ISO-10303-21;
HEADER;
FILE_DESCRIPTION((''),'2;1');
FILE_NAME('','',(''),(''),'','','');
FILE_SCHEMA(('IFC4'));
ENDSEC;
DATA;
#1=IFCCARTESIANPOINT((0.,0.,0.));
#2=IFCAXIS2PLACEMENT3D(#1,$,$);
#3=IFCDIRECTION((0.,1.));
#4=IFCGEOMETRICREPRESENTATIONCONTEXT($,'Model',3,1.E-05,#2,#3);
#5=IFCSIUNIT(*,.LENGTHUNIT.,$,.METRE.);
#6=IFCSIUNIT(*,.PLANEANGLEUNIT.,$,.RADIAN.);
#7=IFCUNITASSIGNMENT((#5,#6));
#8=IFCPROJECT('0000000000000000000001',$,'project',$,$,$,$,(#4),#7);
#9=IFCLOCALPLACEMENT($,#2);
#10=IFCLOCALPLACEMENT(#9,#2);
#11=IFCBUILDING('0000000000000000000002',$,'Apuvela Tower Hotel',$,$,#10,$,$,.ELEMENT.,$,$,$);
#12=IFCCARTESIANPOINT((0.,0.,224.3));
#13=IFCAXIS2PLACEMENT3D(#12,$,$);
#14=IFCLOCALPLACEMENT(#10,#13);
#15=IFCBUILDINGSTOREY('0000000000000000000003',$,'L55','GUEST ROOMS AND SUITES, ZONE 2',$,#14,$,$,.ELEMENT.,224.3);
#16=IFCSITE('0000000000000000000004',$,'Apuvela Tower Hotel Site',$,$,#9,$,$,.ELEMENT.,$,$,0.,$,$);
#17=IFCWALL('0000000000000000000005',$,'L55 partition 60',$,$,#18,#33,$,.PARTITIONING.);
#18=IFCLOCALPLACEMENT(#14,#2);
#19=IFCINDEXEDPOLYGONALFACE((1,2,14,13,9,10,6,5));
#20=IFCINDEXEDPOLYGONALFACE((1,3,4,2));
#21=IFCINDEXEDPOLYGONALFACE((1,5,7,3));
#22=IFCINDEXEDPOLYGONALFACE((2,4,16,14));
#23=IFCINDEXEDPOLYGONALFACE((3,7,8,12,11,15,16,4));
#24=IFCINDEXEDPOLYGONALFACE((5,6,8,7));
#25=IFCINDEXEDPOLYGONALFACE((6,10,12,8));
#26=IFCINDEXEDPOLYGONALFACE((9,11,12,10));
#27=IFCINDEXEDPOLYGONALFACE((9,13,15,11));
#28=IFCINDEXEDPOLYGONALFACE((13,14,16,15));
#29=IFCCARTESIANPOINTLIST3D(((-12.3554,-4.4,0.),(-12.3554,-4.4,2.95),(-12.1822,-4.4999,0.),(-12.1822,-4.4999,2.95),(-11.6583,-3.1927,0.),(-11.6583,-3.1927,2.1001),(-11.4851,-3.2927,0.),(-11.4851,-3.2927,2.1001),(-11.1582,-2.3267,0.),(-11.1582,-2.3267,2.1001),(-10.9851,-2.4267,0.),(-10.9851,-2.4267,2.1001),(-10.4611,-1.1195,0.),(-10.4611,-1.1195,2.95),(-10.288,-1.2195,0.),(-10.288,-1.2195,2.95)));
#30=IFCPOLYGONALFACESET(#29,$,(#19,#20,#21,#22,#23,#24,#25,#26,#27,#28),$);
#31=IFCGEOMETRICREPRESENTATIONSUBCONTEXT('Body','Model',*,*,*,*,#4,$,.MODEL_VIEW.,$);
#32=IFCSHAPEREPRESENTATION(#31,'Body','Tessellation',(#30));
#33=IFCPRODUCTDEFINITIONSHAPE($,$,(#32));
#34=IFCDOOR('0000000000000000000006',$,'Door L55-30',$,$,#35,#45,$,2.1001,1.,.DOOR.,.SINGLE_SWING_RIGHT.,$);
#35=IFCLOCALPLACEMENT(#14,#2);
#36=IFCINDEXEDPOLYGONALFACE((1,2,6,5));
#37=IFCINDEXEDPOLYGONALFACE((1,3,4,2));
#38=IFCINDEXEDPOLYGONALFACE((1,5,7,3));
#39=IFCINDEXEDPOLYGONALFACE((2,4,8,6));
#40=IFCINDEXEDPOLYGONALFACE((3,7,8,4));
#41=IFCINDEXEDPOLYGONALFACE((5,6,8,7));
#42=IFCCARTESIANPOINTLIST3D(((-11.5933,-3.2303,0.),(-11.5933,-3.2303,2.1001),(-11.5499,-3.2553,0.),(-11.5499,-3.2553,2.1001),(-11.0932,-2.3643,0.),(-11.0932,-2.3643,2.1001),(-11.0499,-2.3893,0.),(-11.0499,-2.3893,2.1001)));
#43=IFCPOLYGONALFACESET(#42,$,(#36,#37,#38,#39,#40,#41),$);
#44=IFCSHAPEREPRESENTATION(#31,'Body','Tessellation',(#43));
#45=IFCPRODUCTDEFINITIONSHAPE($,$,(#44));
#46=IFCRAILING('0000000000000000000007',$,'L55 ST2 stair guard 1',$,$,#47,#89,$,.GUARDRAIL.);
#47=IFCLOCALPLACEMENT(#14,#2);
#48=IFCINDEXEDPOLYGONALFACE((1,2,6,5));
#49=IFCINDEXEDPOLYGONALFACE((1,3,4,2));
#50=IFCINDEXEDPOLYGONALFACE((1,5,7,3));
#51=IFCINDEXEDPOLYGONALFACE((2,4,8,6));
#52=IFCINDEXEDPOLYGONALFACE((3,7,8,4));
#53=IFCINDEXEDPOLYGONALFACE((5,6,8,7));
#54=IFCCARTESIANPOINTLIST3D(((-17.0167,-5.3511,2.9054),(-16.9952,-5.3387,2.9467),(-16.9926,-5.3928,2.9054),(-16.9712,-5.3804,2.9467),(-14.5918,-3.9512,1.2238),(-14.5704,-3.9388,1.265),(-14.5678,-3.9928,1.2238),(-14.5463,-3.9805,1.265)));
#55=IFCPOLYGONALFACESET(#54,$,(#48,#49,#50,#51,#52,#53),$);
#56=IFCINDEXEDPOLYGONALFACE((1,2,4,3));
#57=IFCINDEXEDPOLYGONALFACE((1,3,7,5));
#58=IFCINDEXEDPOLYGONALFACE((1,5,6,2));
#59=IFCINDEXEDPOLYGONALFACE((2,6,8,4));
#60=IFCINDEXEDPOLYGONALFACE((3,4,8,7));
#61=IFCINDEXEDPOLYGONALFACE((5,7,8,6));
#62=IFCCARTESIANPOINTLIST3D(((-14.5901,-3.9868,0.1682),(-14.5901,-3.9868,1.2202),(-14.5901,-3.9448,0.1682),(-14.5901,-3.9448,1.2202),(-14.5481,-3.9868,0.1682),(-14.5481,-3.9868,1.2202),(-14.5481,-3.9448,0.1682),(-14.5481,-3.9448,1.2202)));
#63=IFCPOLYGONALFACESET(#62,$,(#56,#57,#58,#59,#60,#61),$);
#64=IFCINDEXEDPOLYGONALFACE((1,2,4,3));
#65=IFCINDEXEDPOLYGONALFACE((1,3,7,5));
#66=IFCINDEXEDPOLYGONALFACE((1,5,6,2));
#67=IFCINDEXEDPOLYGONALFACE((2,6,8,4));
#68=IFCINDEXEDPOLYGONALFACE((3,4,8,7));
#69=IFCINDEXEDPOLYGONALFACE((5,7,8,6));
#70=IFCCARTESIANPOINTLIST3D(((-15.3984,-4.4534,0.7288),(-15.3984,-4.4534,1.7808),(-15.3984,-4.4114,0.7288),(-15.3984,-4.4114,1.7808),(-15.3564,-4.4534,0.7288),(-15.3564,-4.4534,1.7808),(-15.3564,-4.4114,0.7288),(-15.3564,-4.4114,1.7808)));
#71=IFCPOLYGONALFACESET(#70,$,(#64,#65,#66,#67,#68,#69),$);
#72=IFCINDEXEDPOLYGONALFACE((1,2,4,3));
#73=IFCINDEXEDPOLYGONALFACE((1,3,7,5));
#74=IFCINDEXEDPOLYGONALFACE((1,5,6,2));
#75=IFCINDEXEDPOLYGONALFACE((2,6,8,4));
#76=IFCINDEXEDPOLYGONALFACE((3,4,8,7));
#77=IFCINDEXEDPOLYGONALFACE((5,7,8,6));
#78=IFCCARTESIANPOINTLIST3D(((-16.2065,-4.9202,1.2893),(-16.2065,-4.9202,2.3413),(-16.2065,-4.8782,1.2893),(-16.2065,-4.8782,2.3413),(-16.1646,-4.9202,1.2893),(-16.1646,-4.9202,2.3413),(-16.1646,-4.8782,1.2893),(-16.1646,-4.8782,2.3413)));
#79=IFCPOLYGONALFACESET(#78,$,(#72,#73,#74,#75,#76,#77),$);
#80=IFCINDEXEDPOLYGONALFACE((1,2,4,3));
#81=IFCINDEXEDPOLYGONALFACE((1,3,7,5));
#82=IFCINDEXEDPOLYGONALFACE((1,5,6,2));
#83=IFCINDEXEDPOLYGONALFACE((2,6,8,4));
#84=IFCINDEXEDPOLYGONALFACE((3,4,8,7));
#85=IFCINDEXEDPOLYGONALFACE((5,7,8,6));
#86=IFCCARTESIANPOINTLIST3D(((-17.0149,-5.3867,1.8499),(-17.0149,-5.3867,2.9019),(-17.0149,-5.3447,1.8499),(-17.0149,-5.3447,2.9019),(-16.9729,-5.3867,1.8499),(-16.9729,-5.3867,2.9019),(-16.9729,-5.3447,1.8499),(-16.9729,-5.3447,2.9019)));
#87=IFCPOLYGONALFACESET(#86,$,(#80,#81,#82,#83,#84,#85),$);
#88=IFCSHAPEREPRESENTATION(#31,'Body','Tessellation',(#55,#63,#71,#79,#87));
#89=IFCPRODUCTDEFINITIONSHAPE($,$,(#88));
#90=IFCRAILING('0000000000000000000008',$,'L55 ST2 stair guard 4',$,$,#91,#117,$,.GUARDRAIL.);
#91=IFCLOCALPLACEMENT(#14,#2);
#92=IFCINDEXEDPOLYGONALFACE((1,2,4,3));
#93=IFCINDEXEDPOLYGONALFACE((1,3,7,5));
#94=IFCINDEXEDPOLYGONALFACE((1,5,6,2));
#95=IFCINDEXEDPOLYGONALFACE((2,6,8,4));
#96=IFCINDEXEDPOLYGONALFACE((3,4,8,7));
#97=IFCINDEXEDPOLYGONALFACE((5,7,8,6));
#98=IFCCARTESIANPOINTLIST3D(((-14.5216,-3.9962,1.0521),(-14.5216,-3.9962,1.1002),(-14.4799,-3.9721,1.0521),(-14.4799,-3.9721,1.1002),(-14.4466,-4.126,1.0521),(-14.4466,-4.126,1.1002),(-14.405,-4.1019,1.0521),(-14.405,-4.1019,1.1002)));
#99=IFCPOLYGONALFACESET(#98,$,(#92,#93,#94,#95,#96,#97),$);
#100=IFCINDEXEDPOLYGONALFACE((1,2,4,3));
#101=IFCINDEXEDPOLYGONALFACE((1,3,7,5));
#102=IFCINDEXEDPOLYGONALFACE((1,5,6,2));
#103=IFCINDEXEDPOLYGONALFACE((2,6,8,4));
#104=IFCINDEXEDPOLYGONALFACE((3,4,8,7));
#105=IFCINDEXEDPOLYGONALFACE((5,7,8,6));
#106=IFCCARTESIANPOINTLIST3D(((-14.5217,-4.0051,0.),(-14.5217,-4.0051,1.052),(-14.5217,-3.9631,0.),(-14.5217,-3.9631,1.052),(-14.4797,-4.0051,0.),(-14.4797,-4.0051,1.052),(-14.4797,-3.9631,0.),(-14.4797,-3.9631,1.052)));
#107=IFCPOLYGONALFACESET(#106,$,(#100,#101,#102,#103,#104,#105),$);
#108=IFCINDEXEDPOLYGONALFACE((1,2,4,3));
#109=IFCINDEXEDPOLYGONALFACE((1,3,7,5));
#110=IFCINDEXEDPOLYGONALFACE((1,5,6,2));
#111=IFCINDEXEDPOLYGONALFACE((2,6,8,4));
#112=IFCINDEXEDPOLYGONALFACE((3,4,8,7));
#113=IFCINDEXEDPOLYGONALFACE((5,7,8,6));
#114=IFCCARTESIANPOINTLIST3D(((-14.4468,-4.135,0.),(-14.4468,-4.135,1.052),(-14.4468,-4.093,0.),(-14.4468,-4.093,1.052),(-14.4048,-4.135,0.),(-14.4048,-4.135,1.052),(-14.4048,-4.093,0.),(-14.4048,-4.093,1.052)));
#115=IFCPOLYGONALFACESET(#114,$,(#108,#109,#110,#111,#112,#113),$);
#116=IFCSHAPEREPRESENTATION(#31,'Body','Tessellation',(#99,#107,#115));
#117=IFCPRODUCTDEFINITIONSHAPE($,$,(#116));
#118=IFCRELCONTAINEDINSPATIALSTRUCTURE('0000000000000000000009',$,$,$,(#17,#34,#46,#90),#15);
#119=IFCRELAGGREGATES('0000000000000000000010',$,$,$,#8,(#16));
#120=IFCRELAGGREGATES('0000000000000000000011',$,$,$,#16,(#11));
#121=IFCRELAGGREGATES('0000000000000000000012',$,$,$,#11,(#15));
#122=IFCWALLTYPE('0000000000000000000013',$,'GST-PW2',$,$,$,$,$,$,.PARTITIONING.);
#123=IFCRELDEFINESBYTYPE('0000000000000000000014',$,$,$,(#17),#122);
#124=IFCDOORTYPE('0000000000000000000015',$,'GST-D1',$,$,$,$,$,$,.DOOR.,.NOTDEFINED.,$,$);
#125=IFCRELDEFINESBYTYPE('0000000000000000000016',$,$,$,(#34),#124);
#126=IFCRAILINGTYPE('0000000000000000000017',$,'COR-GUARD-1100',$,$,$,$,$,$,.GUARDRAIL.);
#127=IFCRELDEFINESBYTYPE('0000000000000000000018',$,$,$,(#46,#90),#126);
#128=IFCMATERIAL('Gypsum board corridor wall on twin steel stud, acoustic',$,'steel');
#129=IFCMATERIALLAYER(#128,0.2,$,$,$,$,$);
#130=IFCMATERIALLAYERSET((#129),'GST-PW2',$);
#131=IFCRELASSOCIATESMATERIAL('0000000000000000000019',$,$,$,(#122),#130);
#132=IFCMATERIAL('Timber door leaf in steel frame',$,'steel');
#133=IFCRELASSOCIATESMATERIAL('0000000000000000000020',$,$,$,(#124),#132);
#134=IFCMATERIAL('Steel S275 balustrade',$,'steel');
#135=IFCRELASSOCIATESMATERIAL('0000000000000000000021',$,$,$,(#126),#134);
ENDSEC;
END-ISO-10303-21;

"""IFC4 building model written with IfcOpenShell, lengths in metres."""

from ifc_helpers import new_model, si_unit, direction, frame, frame_2d, origin, origin_2d, place, context, subcontext, project, spatial, rectangle, extrude, material, layer, layer_set, type_object, element, fill, save


model = new_model("IFC4")

# Units and contexts
model_context = context("Model", 3, precision=1e-05, world=origin(), true_north=direction((0.0, 1.0)))
body_context = subcontext(model_context, "Body", "Model", "MODEL_VIEW")
ifc_project = project(units=[si_unit("LENGTHUNIT", "METRE"), si_unit("PLANEANGLEUNIT", "RADIAN")], contexts=[model_context])

# Site, building, storey
site_placement = place(None, origin())
site = spatial("IfcSite", under=ifc_project, at=site_placement, Name="Apuvela Tower Hotel Site", CompositionType="ELEMENT", RefElevation=0.0)
building_placement = place(site_placement, origin())
building = spatial("IfcBuilding", under=site, at=building_placement, Name="Apuvela Tower Hotel", CompositionType="ELEMENT")
storey_placement = place(building_placement, frame((0.0, 0.0, 224.3)))
storey = spatial("IfcBuildingStorey", under=building, at=storey_placement, Name="L55", Description="GUEST ROOMS AND SUITES, ZONE 2", CompositionType="ELEMENT", Elevation=224.3)

# Wall, opening, door
ifc_material_1 = material(Name="Gypsum board corridor wall on twin steel stud, acoustic", Category="steel")
ifc_layer_1 = layer(ifc_material_1, 0.2)
ifc_layer_set_1 = layer_set([ifc_layer_1], Name="GST-PW2")
wall_type_1 = type_object("IfcWallType", Name="GST-PW2", PredefinedType="PARTITIONING", material=ifc_layer_set_1)
wall_1_placement = place(storey_placement, frame((-12.2688, -4.45, 0.0), z_axis=(0.0, 0.0, 1.0), x_axis=(0.500055, 0.865993, 0.0)))
wall_1 = element("IfcWall", 1, at=wall_1_placement, inside=storey, type_object=wall_type_1, Name="L55 partition 60", PredefinedType="PARTITIONING", context=body_context, shape_type="SweptSolid", body=[
    extrude(rectangle(XDim=3.7881, YDim=0.2, at=frame_2d((1.894, 0.0))), origin(), (0.0, 0.0, 1.0), 2.95),
])
opening_1_placement = place(wall_1_placement, frame((1.394, 0.0, 0.0)))
opening_1 = element("IfcOpeningElement", 2, at=opening_1_placement, cuts=wall_1, PredefinedType="OPENING", context=body_context, shape_type="SweptSolid", body=[
    extrude(rectangle(XDim=1.0, YDim=2.1001, at=frame_2d((0.5, 1.05))), frame((0.0, 0.1099, 0.0), z_axis=(0.0, -1.0, 0.0), x_axis=(1.0, 0.0, 0.0)), (0.0, 0.0, 1.0), 0.22),
])
ifc_material_2 = material(Name="Timber door leaf in steel frame", Category="steel")
door_type_1 = type_object("IfcDoorType", Name="GST-D1", OperationType="NOTDEFINED", PredefinedType="DOOR", material=ifc_material_2)
door_1_placement = place(opening_1_placement, origin())
door_1 = element("IfcDoor", 3, at=door_1_placement, inside=storey, type_object=door_type_1, Name="Door L55-30", OperationType="SINGLE_SWING_RIGHT", OverallHeight=2.1001, OverallWidth=1.0, PredefinedType="DOOR", context=body_context, shape_type="SweptSolid", body=[
    extrude(rectangle(XDim=1.0, YDim=2.1001, at=frame_2d((0.5, 1.05))), frame((0.0, 0.0249, 0.0), z_axis=(0.0, -1.0, 0.0), x_axis=(1.0, 0.0, 0.0)), (0.0, 0.0, 1.0), 0.05),
])
fill(opening_1, door_1)

# Railings
ifc_material_3 = material(Name="Steel S275 balustrade", Category="steel")
railing_type = type_object("IfcRailingType", Name="COR-GUARD-1100", PredefinedType="GUARDRAIL", material=ifc_material_3)
railing_1_placement = place(storey_placement, frame((-14.5691, -3.9658, 0.1682)))
element("IfcRailing", 4, at=railing_1_placement, inside=storey, type_object=railing_type, Name="L55 ST2 stair guard 1", PredefinedType="GUARDRAIL", context=body_context, shape_type="SweptSolid", body=[
    extrude(rectangle(XDim=0.0481, YDim=0.0481, at=origin_2d()), frame((0.0, 0.0, 1.0762), z_axis=(-0.742419, -0.428618, 0.514879), x_axis=(0.499984, -0.866035, 0.0)), (0.0, 0.0, 1.0), 3.2661),
    extrude(rectangle(XDim=0.042, YDim=0.042, at=origin_2d()), origin(), (0.0, 0.0, 1.0), 1.052),
    extrude(rectangle(XDim=0.042, YDim=0.042, at=origin_2d()), frame((-0.8083, -0.4666, 0.5605)), (0.0, 0.0, 1.0), 1.052),
    extrude(rectangle(XDim=0.042, YDim=0.042, at=origin_2d()), frame((-1.6165, -0.9333, 1.1211)), (0.0, 0.0, 1.0), 1.052),
    extrude(rectangle(XDim=0.042, YDim=0.042, at=origin_2d()), frame((-2.4248, -1.3999, 1.6816)), (0.0, 0.0, 1.0), 1.052),
])
railing_2_placement = place(storey_placement, frame((-14.5007, -3.9841, 0.0)))
element("IfcRailing", 5, at=railing_2_placement, inside=storey, type_object=railing_type, Name="L55 ST2 stair guard 4", PredefinedType="GUARDRAIL", context=body_context, shape_type="SweptSolid", body=[
    extrude(rectangle(XDim=0.0481, YDim=0.0481, at=origin_2d()), frame((0.0, 0.0, 1.0762), z_axis=(0.499816, -0.866131, 0.0), x_axis=(0.866131, 0.499816, 0.0)), (0.0, 0.0, 1.0), 0.1499),
    extrude(rectangle(XDim=0.042, YDim=0.042, at=origin_2d()), origin(), (0.0, 0.0, 1.0), 1.052),
    extrude(rectangle(XDim=0.042, YDim=0.042, at=origin_2d()), frame((0.075, -0.1299, 0.0)), (0.0, 0.0, 1.0), 1.052),
])

save(model, "model.ifc")
